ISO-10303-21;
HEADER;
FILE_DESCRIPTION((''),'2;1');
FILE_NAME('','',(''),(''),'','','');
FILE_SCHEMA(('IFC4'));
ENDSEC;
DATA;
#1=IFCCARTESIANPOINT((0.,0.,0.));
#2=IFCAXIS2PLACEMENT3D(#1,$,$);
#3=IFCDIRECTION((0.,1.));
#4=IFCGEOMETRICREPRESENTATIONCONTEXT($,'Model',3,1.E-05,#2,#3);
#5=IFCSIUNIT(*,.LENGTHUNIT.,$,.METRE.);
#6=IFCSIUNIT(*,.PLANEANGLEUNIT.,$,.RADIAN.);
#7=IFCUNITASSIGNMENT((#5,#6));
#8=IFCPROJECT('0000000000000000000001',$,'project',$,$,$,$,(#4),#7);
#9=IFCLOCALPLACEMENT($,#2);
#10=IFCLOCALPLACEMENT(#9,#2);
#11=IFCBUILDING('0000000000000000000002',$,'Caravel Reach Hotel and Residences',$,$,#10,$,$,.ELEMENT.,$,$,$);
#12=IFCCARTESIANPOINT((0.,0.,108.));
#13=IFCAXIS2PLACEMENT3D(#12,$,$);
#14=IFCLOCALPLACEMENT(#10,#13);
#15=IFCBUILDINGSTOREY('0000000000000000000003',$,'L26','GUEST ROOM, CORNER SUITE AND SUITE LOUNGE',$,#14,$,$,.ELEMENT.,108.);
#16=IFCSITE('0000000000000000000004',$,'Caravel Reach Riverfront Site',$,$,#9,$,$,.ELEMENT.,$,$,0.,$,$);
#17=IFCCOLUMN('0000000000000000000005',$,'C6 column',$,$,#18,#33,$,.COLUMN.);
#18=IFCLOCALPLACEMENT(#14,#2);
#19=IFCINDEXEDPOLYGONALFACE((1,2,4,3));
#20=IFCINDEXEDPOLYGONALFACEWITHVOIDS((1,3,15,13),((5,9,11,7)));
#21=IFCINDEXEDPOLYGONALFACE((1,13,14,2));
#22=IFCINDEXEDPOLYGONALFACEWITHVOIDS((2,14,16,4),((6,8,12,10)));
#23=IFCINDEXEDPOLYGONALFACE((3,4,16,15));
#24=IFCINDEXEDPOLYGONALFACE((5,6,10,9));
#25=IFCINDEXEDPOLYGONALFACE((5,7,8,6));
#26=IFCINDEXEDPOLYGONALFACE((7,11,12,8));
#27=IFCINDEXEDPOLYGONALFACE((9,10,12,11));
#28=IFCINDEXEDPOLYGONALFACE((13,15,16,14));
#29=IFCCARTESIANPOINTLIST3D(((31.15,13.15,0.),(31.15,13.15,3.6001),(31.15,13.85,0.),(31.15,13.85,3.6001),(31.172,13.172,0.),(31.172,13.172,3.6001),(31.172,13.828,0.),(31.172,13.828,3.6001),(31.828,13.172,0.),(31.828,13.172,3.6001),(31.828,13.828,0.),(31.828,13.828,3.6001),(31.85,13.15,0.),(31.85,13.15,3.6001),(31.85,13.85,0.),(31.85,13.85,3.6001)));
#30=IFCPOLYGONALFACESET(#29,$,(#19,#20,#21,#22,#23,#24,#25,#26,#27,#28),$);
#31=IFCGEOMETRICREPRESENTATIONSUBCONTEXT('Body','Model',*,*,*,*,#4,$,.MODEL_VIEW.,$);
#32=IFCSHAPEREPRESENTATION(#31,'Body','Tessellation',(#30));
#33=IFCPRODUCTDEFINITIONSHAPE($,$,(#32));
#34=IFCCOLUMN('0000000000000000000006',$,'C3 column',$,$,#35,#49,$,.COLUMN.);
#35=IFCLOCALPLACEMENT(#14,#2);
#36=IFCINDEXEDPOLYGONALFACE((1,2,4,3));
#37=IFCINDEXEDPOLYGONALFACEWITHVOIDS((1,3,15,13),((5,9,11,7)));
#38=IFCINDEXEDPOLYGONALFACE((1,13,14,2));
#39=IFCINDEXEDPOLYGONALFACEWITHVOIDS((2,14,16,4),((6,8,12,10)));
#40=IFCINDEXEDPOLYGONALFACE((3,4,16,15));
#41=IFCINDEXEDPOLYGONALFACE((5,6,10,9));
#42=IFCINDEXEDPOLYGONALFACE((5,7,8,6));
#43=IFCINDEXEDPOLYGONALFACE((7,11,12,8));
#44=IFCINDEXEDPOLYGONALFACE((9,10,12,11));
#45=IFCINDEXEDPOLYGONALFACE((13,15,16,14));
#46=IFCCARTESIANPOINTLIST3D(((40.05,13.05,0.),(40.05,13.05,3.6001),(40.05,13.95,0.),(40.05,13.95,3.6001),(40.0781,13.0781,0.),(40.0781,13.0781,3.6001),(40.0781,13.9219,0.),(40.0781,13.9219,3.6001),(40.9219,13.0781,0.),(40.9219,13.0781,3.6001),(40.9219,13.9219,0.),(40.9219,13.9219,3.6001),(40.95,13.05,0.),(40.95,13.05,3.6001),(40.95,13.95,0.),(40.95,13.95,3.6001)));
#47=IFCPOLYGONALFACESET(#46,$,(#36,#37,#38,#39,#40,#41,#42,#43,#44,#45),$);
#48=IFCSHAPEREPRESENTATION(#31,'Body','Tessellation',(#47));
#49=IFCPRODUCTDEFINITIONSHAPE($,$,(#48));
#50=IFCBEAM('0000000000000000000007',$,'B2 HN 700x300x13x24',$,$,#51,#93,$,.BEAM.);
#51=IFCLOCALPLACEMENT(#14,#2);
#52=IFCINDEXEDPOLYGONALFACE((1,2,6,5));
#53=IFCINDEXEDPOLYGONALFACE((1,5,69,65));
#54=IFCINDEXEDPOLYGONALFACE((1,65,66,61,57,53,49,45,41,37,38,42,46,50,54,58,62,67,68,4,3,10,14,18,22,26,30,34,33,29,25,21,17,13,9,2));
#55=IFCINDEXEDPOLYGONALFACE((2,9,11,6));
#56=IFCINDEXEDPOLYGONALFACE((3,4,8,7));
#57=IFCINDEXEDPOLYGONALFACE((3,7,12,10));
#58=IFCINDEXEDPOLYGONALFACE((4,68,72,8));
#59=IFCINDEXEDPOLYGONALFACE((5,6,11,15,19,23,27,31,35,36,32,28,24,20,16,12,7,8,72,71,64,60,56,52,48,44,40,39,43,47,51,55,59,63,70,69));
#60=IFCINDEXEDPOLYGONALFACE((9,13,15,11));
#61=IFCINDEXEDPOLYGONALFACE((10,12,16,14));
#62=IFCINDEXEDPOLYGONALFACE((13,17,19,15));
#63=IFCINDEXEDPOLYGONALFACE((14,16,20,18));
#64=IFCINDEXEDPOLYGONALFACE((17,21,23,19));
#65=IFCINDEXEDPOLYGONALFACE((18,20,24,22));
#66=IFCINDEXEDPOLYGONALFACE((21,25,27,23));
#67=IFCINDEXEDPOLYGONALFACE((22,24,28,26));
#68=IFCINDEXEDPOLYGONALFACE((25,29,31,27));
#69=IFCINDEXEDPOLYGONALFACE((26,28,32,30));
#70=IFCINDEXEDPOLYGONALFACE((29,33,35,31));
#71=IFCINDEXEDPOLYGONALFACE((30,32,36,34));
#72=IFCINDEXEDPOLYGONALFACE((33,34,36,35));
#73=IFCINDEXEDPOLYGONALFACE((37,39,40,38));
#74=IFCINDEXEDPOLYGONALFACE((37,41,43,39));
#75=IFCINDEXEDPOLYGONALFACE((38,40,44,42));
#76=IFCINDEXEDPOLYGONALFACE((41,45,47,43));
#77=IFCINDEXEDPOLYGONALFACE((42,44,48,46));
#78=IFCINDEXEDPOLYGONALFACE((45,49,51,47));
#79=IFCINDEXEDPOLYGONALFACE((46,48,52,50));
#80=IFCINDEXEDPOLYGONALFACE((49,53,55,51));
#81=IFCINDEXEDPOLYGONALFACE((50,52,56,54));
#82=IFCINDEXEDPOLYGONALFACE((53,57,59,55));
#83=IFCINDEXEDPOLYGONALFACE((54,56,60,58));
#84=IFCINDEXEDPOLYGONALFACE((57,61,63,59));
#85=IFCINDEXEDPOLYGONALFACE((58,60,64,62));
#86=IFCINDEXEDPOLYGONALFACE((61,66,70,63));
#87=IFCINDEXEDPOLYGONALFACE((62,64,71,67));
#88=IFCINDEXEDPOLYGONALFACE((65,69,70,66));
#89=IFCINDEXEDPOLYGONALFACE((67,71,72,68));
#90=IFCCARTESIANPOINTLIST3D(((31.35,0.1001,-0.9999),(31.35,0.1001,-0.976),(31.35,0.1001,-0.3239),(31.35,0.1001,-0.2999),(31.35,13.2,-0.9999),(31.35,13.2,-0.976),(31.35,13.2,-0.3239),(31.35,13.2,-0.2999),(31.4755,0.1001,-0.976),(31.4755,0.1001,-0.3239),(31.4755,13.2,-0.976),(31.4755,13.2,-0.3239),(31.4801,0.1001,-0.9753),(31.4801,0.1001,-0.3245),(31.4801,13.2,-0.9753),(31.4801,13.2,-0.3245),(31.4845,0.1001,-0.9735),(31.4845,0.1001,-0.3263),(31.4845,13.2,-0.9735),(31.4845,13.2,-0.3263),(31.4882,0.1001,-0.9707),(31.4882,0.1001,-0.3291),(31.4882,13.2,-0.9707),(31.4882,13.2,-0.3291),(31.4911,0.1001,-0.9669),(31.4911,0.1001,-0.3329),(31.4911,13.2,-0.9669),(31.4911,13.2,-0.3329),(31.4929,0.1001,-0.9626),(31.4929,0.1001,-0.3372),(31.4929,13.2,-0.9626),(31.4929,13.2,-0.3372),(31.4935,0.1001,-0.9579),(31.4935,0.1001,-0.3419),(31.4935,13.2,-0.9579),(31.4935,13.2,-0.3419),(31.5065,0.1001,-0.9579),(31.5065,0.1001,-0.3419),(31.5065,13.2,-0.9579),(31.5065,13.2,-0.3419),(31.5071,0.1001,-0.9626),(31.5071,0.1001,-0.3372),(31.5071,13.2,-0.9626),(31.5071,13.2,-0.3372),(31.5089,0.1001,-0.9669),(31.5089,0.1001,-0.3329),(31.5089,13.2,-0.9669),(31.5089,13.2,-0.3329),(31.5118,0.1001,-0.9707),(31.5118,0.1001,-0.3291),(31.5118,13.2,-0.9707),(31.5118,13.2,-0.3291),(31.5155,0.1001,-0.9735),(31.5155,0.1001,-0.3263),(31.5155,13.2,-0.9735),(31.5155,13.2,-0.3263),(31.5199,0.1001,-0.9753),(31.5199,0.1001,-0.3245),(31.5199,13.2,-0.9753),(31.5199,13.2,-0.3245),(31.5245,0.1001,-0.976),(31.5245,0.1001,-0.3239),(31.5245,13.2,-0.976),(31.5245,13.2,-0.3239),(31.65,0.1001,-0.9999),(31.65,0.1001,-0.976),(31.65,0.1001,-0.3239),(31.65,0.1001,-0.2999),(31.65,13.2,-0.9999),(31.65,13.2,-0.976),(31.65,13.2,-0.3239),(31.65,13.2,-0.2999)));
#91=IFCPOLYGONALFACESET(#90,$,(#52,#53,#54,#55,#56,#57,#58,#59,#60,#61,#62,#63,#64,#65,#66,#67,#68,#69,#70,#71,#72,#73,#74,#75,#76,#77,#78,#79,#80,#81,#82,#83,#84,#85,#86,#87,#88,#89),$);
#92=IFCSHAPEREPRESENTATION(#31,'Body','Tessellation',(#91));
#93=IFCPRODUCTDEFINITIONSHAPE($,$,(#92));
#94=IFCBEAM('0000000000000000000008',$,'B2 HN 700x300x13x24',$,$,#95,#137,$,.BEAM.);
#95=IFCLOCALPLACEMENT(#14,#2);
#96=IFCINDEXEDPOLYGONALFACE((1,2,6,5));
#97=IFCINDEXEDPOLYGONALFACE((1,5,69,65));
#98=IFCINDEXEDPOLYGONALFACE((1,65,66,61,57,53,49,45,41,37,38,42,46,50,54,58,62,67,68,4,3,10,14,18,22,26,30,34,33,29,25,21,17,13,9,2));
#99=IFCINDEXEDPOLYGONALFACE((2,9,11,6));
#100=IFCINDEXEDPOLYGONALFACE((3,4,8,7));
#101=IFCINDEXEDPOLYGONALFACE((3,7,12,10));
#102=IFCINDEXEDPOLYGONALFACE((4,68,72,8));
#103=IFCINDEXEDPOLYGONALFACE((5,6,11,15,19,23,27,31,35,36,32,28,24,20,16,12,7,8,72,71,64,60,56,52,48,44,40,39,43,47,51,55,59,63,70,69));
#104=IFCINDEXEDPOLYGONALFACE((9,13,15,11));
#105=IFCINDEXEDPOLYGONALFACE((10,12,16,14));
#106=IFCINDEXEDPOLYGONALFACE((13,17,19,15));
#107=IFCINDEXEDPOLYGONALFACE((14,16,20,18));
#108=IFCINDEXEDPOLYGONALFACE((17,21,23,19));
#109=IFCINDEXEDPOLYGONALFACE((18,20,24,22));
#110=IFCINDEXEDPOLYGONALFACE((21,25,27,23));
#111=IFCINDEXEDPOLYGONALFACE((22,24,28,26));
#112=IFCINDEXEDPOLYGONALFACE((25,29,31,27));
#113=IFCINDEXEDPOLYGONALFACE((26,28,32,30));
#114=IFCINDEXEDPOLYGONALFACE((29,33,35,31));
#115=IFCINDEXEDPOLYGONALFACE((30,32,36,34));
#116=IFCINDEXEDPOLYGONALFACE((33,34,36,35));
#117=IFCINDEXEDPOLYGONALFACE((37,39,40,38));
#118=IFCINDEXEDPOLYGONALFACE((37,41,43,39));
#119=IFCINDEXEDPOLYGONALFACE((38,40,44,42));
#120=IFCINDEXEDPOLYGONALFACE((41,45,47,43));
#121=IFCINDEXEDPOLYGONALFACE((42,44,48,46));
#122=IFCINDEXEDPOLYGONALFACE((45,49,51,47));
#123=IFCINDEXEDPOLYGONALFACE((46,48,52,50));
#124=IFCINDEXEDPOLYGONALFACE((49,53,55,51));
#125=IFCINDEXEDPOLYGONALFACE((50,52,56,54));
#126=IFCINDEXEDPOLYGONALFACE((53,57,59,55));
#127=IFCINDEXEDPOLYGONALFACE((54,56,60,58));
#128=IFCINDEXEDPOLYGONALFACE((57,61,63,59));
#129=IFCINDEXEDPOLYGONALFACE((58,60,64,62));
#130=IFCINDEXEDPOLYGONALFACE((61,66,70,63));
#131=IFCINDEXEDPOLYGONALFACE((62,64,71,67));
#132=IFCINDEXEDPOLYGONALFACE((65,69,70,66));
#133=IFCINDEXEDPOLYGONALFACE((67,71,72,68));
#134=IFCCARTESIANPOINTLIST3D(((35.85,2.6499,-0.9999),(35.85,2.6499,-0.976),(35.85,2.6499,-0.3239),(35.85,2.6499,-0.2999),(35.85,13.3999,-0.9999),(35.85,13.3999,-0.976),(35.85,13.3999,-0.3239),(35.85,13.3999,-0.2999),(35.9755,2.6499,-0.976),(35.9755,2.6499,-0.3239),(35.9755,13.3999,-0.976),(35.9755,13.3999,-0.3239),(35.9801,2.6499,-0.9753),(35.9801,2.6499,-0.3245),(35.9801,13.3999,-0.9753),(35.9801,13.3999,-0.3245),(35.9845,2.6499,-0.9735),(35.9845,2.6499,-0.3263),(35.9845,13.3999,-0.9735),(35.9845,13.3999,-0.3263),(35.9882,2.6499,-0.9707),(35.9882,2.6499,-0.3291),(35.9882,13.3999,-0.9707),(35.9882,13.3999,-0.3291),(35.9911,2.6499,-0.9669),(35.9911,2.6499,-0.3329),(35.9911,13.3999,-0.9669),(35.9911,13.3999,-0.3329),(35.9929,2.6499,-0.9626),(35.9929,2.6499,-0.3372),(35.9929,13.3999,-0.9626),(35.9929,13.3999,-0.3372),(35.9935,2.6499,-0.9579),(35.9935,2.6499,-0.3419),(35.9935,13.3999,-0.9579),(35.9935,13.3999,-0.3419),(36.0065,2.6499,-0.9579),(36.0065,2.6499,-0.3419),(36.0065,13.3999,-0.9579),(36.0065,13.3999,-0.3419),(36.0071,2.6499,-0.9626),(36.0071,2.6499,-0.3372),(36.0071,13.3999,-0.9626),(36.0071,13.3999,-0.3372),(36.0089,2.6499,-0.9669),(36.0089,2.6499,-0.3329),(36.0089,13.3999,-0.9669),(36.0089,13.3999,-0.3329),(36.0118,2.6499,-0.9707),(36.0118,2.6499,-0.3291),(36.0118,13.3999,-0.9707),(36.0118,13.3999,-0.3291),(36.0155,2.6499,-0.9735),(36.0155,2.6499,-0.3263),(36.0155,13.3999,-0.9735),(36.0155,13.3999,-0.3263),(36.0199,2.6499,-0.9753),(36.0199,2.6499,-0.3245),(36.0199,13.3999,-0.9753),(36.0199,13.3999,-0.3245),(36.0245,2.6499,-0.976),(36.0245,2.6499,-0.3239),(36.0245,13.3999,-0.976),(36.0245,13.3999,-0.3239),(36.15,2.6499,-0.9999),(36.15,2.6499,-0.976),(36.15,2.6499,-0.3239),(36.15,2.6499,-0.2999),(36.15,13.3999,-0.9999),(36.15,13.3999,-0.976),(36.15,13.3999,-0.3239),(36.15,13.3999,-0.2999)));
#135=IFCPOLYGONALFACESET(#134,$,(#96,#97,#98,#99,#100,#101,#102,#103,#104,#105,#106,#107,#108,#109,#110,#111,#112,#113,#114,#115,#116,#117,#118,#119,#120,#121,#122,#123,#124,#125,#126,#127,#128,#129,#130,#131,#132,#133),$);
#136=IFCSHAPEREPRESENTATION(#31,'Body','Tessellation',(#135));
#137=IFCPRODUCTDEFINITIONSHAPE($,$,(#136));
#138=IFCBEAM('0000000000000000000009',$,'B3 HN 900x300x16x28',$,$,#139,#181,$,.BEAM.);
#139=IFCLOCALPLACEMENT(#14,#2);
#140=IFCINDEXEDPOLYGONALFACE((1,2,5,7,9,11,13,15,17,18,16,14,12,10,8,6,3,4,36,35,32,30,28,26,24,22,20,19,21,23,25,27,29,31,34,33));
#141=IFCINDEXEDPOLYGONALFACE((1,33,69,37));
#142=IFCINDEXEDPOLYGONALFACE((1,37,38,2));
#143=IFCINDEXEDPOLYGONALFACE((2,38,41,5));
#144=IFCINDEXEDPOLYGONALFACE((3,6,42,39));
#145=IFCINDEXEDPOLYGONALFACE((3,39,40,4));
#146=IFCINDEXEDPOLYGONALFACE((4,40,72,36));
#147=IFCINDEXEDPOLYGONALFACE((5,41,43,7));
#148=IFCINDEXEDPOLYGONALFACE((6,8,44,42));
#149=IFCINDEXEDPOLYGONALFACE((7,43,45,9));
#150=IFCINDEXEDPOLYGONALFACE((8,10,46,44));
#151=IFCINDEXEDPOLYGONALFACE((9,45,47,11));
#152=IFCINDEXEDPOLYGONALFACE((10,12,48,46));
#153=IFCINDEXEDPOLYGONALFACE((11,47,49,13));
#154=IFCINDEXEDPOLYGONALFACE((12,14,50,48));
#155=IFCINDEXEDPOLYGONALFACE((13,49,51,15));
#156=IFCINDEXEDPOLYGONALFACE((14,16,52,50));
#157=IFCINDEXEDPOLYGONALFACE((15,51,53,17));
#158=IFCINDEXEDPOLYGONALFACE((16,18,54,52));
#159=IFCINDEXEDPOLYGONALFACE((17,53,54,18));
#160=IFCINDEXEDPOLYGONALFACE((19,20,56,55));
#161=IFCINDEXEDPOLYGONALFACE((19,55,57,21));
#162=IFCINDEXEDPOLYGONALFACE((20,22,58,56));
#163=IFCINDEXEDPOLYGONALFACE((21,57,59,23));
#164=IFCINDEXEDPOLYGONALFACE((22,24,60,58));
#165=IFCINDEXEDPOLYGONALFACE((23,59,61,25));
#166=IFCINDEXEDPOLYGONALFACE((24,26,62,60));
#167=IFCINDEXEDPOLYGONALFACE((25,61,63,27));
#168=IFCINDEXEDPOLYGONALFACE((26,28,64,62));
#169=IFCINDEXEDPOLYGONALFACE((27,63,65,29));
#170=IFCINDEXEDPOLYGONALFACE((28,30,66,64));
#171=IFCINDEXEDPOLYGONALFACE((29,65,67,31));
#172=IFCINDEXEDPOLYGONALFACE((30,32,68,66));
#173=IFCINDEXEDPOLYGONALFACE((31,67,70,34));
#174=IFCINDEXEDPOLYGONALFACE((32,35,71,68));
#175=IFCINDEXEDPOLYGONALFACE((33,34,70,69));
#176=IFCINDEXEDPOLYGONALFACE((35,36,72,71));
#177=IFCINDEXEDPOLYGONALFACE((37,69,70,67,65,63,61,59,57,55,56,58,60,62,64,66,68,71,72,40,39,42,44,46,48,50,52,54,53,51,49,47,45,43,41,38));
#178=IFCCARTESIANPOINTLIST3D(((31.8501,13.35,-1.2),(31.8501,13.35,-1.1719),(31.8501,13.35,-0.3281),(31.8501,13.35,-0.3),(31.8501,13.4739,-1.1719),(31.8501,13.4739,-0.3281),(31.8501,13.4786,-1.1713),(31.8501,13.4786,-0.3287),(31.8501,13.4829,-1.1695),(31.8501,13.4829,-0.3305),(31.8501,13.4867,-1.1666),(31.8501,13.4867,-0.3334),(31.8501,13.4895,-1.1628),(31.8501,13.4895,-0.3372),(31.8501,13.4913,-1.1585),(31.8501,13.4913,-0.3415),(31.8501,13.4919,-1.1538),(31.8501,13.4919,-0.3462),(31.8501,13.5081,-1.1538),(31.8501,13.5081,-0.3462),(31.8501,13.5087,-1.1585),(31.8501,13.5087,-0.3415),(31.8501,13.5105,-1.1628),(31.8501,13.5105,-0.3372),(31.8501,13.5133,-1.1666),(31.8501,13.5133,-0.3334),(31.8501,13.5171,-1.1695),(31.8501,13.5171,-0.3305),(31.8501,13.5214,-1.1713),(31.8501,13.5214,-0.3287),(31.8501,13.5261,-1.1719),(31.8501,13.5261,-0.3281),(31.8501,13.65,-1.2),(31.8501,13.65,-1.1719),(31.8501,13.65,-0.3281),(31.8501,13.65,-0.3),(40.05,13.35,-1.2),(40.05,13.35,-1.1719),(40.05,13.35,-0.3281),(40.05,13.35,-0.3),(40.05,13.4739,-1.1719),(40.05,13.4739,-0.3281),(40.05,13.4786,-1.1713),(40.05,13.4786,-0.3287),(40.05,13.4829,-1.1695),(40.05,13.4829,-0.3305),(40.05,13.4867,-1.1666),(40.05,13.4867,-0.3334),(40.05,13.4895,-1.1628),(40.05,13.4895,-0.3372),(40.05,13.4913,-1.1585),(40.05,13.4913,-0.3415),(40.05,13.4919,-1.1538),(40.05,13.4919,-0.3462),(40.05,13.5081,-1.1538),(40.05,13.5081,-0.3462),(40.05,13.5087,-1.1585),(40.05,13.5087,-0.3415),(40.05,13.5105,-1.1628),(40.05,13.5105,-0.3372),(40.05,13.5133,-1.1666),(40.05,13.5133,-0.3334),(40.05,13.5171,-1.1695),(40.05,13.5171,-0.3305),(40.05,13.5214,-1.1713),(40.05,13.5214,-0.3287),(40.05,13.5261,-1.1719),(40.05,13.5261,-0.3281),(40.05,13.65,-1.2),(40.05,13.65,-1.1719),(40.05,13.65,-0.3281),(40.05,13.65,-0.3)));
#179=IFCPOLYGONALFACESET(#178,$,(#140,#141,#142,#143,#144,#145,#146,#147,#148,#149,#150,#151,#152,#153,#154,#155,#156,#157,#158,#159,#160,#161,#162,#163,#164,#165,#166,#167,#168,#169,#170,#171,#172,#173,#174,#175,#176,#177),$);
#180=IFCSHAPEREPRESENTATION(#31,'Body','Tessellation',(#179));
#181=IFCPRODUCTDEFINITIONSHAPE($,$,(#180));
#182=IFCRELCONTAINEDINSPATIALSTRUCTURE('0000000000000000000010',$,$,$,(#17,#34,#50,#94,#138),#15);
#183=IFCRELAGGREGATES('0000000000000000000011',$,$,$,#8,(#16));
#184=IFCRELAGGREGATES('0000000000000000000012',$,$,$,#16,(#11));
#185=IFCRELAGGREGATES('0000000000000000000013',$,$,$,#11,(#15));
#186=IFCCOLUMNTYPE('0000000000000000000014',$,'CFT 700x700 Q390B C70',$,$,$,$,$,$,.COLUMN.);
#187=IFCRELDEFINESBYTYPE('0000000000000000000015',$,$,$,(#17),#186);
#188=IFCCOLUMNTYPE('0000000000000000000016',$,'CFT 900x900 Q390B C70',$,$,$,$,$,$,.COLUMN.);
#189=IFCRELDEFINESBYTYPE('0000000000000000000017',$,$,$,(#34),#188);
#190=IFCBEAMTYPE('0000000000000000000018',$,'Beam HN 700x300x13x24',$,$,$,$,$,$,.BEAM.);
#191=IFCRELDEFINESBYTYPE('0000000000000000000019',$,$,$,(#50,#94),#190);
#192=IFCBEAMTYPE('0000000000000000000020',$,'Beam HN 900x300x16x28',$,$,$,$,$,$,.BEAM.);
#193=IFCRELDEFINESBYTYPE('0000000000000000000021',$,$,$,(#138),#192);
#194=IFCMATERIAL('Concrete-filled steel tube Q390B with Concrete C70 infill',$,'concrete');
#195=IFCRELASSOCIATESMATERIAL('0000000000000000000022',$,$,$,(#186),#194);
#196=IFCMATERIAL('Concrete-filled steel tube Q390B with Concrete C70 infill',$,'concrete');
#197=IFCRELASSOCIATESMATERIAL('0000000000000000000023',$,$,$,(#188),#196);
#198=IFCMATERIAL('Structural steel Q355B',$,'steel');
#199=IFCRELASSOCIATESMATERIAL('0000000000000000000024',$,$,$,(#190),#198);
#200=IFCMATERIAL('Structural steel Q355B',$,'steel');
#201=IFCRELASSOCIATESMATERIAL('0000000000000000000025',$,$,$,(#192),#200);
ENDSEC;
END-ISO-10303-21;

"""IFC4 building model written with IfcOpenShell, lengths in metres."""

from ifc_helpers import new_model, si_unit, direction, frame, origin, origin_2d, place, context, subcontext, project, spatial, hollow_rectangle, i_section, extrude, material, material_profile, profile_set, type_object, element, save


model = new_model("IFC4")

# Units and contexts
model_context = context("Model", 3, precision=1e-05, world=origin(), true_north=direction((0.0, 1.0)))
body_context = subcontext(model_context, "Body", "Model", "MODEL_VIEW")
ifc_project = project(units=[si_unit("LENGTHUNIT", "METRE"), si_unit("PLANEANGLEUNIT", "RADIAN")], contexts=[model_context])

# Site, building, storey
site_placement = place(None, origin())
site = spatial("IfcSite", under=ifc_project, at=site_placement, Name="Caravel Reach Riverfront Site", CompositionType="ELEMENT", RefElevation=0.0)
building_placement = place(site_placement, origin())
building = spatial("IfcBuilding", under=site, at=building_placement, Name="Caravel Reach Hotel and Residences", CompositionType="ELEMENT")
storey_placement = place(building_placement, frame((0.0, 0.0, 108.0)))
storey = spatial("IfcBuildingStorey", under=building, at=storey_placement, Name="L26", Description="GUEST ROOM, CORNER SUITE AND SUITE LOUNGE", CompositionType="ELEMENT", Elevation=108.0)

# Columns
ifc_material_1 = material(Name="Concrete-filled steel tube Q390B with Concrete C70 infill", Category="concrete")
ifc_material_profile_1 = material_profile(ifc_material_1, hollow_rectangle(XDim=0.7, YDim=0.7, WallThickness=0.022, at=origin_2d()), Name="RHS 700x700x22")
ifc_profile_set_1 = profile_set([ifc_material_profile_1], Name="Concrete-filled steel tube Q390B with Concrete C70 infill")
column_type_1 = type_object("IfcColumnType", Name="CFT 700x700 Q390B C70", PredefinedType="COLUMN", material=ifc_profile_set_1)
column_1_placement = place(storey_placement, frame((31.5, 13.5, 0.0), z_axis=(0.0, 0.0, 1.0), x_axis=(1.0, 0.0, 0.0)))
element("IfcColumn", 1, at=column_1_placement, inside=storey, type_object=column_type_1, Name="C6 column", PredefinedType="COLUMN", context=body_context, shape_type="SweptSolid", body=[
    extrude(hollow_rectangle(XDim=0.7, YDim=0.7, WallThickness=0.022, at=origin_2d()), origin(), (0.0, 0.0, 1.0), 3.6001),
])
ifc_material_2 = material(Name="Concrete-filled steel tube Q390B with Concrete C70 infill", Category="concrete")
ifc_material_profile_2 = material_profile(ifc_material_2, hollow_rectangle(XDim=0.8999, YDim=0.8999, WallThickness=0.0281, at=origin_2d()), Name="RHS 900x900x28")
ifc_profile_set_2 = profile_set([ifc_material_profile_2], Name="Concrete-filled steel tube Q390B with Concrete C70 infill")
column_type_2 = type_object("IfcColumnType", Name="CFT 900x900 Q390B C70", PredefinedType="COLUMN", material=ifc_profile_set_2)
column_2_placement = place(storey_placement, frame((40.5, 13.5, 0.0), z_axis=(0.0, 0.0, 1.0), x_axis=(1.0, 0.0, 0.0)))
element("IfcColumn", 2, at=column_2_placement, inside=storey, type_object=column_type_2, Name="C3 column", PredefinedType="COLUMN", context=body_context, shape_type="SweptSolid", body=[
    extrude(hollow_rectangle(XDim=0.8999, YDim=0.8999, WallThickness=0.0281, at=origin_2d()), origin(), (0.0, 0.0, 1.0), 3.6001),
])

# Beams
ifc_material_3 = material(Name="Structural steel Q355B", Category="steel")
ifc_material_profile_3 = material_profile(ifc_material_3, i_section(OverallWidth=0.3, OverallDepth=0.7, WebThickness=0.0129, FlangeThickness=0.0239, FilletRadius=0.0181, at=origin_2d()), Name="HN 700x300x13x24")
ifc_profile_set_3 = profile_set([ifc_material_profile_3], Name="Structural steel Q355B")
beam_type_1 = type_object("IfcBeamType", Name="Beam HN 700x300x13x24", PredefinedType="BEAM", material=ifc_profile_set_3)
beam_1_placement = place(storey_placement, frame((31.5, 13.2, -0.6499), z_axis=(0.0, -1.0, 0.0), x_axis=(1.0, 0.0, 0.0)))
element("IfcBeam", 3, at=beam_1_placement, inside=storey, type_object=beam_type_1, Name="B2 HN 700x300x13x24", PredefinedType="BEAM", context=body_context, shape_type="SweptSolid", body=[
    extrude(i_section(OverallWidth=0.3, OverallDepth=0.7, WebThickness=0.0129, FlangeThickness=0.0239, FilletRadius=0.0181, at=origin_2d()), origin(), (0.0, 0.0, 1.0), 13.0999),
])
beam_2_placement = place(storey_placement, frame((36.0, 13.3999, -0.6499), z_axis=(0.0, -1.0, 0.0), x_axis=(1.0, 0.0, 0.0)))
element("IfcBeam", 4, at=beam_2_placement, inside=storey, type_object=beam_type_1, Name="B2 HN 700x300x13x24", PredefinedType="BEAM", context=body_context, shape_type="SweptSolid", body=[
    extrude(i_section(OverallWidth=0.3, OverallDepth=0.7, WebThickness=0.0129, FlangeThickness=0.0239, FilletRadius=0.0181, at=origin_2d()), origin(), (0.0, 0.0, 1.0), 10.75),
])
ifc_material_4 = material(Name="Structural steel Q355B", Category="steel")
ifc_material_profile_4 = material_profile(ifc_material_4, i_section(OverallWidth=0.3, OverallDepth=0.8999, WebThickness=0.0161, FlangeThickness=0.0281, FilletRadius=0.0181, at=origin_2d()), Name="HN 900x300x16x28")
ifc_profile_set_4 = profile_set([ifc_material_profile_4], Name="Structural steel Q355B")
beam_type_2 = type_object("IfcBeamType", Name="Beam HN 900x300x16x28", PredefinedType="BEAM", material=ifc_profile_set_4)
beam_3_placement = place(storey_placement, frame((31.8501, 13.5, -0.75), z_axis=(1.0, 0.0, 0.0), x_axis=(0.0, 1.0, 0.0)))
element("IfcBeam", 5, at=beam_3_placement, inside=storey, type_object=beam_type_2, Name="B3 HN 900x300x16x28", PredefinedType="BEAM", context=body_context, shape_type="SweptSolid", body=[
    extrude(i_section(OverallWidth=0.3, OverallDepth=0.8999, WebThickness=0.0161, FlangeThickness=0.0281, FilletRadius=0.0181, at=origin_2d()), origin(), (0.0, 0.0, 1.0), 8.2),
])

save(model, "model.ifc")
